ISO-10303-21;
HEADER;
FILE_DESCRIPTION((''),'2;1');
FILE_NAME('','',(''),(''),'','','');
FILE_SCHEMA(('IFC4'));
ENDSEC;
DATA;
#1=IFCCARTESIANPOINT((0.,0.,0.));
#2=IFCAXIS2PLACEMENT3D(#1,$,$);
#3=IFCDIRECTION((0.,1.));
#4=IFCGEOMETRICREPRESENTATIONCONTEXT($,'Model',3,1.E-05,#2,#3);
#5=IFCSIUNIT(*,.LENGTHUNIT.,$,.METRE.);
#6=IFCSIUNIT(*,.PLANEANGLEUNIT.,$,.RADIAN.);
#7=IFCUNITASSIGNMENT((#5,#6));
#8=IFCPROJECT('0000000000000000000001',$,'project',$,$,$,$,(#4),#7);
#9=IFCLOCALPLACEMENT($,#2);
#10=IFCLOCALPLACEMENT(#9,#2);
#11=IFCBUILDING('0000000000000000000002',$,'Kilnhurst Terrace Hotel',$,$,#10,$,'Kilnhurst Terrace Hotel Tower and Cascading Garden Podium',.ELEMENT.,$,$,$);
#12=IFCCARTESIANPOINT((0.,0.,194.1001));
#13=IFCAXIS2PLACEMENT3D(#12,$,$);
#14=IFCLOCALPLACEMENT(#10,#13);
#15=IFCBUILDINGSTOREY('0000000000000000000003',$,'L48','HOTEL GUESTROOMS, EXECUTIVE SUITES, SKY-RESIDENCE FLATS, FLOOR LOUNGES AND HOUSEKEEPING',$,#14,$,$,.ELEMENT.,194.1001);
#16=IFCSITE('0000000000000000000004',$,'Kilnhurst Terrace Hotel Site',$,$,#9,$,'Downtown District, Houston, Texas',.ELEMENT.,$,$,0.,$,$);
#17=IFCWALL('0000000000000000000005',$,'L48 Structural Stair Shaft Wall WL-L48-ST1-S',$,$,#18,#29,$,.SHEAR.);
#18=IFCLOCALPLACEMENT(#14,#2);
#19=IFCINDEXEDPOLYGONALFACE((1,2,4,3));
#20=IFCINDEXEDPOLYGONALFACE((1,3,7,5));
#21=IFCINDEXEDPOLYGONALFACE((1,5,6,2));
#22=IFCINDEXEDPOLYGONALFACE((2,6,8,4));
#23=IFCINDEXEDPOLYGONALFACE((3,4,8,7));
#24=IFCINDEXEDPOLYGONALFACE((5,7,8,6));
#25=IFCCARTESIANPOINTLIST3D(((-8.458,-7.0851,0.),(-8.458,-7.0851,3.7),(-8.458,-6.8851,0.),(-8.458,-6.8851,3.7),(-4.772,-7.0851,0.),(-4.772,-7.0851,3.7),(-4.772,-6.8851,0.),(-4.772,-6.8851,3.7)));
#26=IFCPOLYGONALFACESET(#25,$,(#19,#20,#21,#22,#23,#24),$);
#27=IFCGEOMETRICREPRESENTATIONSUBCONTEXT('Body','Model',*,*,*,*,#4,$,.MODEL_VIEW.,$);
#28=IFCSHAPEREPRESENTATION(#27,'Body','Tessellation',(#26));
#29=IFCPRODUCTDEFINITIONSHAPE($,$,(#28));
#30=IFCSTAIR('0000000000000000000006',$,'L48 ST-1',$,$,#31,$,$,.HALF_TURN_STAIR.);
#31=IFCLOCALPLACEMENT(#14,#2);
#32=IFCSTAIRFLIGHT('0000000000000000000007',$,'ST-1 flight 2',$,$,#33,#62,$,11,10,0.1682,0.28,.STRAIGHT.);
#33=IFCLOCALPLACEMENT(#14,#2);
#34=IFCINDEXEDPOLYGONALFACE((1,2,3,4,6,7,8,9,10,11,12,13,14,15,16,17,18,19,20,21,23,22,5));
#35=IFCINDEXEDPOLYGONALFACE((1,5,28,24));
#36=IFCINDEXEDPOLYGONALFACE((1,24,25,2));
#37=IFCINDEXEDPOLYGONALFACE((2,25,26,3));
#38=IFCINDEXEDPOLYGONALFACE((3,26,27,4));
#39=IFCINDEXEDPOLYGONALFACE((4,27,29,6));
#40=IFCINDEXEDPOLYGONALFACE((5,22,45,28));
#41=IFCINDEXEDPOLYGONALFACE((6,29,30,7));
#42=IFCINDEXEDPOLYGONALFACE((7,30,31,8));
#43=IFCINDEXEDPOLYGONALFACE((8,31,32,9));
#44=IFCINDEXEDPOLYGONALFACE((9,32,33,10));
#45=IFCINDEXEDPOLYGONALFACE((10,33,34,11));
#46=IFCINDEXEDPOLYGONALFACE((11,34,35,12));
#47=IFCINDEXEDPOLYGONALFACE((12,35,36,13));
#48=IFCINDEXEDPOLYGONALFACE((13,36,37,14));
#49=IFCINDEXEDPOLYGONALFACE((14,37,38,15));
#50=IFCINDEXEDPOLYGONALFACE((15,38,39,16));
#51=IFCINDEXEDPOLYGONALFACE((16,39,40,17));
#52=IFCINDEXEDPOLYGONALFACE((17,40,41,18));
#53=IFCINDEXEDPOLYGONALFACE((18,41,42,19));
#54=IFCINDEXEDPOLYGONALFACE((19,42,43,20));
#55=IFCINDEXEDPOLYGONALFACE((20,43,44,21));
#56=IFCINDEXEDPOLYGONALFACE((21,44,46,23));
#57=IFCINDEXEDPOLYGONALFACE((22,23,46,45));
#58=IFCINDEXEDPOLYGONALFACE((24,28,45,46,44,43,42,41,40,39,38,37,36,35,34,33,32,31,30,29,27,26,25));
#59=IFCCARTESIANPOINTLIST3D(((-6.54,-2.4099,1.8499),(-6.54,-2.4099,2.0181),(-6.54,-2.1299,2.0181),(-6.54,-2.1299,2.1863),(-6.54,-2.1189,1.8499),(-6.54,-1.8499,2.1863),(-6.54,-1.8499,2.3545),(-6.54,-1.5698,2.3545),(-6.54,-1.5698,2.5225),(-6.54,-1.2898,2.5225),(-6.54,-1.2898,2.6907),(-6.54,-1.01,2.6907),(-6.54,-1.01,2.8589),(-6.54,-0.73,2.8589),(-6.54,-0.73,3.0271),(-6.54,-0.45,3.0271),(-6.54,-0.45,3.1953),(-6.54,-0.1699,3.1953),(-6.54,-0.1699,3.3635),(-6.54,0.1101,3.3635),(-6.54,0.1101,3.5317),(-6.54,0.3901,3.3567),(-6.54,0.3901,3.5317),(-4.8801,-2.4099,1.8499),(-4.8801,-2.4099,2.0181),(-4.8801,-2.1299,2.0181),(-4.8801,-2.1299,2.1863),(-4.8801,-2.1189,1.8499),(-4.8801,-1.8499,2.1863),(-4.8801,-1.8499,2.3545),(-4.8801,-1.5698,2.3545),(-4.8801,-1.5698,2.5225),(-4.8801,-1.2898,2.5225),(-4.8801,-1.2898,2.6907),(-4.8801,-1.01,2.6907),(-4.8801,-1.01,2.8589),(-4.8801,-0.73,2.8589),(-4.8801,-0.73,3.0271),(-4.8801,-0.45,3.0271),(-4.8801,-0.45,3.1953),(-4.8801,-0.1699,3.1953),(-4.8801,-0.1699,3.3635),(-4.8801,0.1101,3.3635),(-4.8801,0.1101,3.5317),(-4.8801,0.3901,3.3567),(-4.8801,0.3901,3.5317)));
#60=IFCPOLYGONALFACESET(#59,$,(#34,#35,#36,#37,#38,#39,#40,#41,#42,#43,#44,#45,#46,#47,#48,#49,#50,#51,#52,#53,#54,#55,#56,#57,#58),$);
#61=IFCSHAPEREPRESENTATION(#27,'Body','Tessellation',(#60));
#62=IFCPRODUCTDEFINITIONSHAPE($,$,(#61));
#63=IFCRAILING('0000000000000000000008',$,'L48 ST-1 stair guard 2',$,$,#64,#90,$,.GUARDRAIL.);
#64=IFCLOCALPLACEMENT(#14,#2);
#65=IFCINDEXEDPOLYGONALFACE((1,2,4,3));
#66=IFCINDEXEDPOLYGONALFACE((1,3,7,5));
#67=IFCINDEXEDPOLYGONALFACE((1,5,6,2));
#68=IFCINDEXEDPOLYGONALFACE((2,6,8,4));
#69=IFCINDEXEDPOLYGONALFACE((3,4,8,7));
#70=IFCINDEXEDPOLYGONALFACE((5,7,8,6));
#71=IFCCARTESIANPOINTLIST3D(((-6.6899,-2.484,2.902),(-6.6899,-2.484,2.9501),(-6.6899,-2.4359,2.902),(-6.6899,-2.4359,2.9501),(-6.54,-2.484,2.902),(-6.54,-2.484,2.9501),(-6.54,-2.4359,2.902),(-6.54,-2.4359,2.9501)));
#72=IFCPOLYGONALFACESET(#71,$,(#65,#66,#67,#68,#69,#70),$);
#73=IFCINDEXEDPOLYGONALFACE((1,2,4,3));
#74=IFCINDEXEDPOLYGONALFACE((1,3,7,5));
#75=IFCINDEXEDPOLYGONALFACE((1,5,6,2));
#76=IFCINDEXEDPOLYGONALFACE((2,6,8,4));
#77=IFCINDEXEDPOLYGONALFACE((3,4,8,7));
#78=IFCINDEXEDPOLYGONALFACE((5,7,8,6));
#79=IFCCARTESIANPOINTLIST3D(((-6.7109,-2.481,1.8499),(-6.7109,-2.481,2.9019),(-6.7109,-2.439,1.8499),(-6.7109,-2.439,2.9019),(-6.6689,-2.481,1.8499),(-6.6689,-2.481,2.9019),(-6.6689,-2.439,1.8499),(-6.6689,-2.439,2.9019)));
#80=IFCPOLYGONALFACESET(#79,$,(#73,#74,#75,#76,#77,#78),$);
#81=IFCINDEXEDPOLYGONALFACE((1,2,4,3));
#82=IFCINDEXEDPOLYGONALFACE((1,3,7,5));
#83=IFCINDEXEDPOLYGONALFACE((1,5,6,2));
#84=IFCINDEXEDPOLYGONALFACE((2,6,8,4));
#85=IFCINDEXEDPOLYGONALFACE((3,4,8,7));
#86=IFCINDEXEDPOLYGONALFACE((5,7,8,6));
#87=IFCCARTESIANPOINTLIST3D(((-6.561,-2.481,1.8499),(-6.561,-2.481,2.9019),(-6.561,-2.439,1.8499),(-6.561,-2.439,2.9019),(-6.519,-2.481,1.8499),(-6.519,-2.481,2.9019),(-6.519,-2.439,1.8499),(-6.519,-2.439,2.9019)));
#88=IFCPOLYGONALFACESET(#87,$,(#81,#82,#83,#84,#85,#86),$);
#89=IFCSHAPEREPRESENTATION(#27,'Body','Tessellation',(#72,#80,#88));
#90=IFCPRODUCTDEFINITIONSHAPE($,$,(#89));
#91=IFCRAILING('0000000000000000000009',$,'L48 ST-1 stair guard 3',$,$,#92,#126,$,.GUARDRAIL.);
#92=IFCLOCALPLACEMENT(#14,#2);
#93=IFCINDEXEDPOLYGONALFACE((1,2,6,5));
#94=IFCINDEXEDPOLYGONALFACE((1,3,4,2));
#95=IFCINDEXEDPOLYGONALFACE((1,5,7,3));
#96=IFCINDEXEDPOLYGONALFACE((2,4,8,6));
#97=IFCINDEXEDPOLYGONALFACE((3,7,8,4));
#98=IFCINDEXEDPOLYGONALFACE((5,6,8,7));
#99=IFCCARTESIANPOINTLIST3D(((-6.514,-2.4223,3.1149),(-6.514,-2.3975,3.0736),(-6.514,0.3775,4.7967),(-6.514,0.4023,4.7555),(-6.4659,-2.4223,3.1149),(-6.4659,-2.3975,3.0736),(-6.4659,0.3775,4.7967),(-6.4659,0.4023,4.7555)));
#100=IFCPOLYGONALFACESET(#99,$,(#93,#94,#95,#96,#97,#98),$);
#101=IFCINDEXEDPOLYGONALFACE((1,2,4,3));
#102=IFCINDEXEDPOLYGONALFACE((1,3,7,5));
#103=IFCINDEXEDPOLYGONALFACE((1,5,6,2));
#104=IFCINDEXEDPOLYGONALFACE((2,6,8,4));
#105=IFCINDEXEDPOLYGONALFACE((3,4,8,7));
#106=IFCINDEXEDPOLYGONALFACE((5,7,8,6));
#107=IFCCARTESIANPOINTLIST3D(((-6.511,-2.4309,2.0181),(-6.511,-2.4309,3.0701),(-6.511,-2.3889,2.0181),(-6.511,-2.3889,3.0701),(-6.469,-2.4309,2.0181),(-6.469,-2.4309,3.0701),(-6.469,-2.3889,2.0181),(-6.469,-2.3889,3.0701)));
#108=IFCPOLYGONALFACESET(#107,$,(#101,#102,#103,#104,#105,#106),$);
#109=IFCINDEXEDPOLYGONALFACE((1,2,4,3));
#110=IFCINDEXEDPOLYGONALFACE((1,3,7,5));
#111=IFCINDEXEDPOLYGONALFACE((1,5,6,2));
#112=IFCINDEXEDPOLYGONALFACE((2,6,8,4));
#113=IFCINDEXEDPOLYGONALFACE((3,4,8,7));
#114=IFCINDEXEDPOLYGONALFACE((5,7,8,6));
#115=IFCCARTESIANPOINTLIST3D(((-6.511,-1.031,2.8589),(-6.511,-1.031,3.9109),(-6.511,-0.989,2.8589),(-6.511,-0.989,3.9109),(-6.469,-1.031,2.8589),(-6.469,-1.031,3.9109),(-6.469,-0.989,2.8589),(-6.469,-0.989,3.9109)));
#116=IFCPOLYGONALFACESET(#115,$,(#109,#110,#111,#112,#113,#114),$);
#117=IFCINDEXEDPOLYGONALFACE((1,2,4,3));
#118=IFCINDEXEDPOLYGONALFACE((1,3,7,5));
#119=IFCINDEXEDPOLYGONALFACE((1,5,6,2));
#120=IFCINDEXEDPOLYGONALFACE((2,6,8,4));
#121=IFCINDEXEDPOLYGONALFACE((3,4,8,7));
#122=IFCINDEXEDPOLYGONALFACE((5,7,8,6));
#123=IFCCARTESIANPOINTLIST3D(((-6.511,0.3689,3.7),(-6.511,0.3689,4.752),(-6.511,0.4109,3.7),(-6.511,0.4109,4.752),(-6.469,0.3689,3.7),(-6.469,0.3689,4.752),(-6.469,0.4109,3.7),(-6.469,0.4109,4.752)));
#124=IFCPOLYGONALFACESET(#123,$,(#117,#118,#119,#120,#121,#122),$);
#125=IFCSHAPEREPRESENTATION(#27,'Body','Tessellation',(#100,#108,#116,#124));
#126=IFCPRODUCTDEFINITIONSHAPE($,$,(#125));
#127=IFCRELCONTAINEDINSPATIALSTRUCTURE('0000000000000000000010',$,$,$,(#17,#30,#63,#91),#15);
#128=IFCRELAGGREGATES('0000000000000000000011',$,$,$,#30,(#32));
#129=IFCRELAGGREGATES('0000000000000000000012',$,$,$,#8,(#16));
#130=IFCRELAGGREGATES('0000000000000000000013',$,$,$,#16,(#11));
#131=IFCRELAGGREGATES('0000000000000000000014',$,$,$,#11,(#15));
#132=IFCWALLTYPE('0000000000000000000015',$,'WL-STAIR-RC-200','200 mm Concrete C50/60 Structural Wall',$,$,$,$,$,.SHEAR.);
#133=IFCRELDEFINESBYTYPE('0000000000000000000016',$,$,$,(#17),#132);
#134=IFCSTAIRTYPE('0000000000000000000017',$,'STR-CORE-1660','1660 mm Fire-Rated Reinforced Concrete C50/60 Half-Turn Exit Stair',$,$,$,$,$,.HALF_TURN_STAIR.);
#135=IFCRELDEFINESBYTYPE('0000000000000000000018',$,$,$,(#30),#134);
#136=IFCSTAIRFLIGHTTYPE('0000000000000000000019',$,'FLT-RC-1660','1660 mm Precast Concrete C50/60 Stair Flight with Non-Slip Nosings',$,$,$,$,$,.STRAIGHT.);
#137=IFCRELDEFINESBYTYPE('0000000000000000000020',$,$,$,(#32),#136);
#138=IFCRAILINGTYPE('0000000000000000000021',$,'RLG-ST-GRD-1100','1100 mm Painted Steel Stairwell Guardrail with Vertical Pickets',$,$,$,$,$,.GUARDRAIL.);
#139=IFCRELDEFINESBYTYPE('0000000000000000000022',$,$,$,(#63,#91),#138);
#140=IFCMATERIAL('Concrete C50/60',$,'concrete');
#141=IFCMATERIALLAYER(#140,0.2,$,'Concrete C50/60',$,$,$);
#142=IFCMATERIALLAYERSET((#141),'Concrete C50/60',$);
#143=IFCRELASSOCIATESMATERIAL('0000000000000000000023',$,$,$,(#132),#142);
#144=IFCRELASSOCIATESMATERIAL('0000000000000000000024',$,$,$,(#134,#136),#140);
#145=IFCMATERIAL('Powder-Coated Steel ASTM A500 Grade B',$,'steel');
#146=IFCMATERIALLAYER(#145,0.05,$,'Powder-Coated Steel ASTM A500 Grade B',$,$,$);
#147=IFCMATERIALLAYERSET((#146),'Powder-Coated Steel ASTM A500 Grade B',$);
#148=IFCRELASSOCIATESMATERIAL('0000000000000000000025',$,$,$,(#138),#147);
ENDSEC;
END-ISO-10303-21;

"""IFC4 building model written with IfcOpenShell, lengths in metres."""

from ifc_helpers import new_model, si_unit, direction, frame, frame_2d, origin, origin_2d, place, context, subcontext, project, spatial, polyline, rectangle, outline, extrude, material, layer, layer_set, type_object, element, aggregate, save


model = new_model("IFC4")

# Units and contexts
model_context = context("Model", 3, precision=1e-05, world=origin(), true_north=direction((0.0, 1.0)))
body_context = subcontext(model_context, "Body", "Model", "MODEL_VIEW")
ifc_project = project(units=[si_unit("LENGTHUNIT", "METRE"), si_unit("PLANEANGLEUNIT", "RADIAN")], contexts=[model_context])

# Site, building, storey
site_placement = place(None, origin())
site = spatial("IfcSite", under=ifc_project, at=site_placement, Name="Kilnhurst Terrace Hotel Site", LongName="Downtown District, Houston, Texas", CompositionType="ELEMENT", RefElevation=0.0)
building_placement = place(site_placement, origin())
building = spatial("IfcBuilding", under=site, at=building_placement, Name="Kilnhurst Terrace Hotel", LongName="Kilnhurst Terrace Hotel Tower and Cascading Garden Podium", CompositionType="ELEMENT")
storey_placement = place(building_placement, frame((0.0, 0.0, 194.1001)))
storey = spatial("IfcBuildingStorey", under=building, at=storey_placement, Name="L48", Description="HOTEL GUESTROOMS, EXECUTIVE SUITES, SKY-RESIDENCE FLATS, FLOOR LOUNGES AND HOUSEKEEPING", CompositionType="ELEMENT", Elevation=194.1001)

# Shared definitions
ifc_material_1 = material(Name="Concrete C50/60", Category="concrete")

# Wall
ifc_layer_1 = layer(ifc_material_1, 0.2, Name="Concrete C50/60")
ifc_layer_set_1 = layer_set([ifc_layer_1], Name="Concrete C50/60")
wall_type_1 = type_object("IfcWallType", Name="WL-STAIR-RC-200", Description="200 mm Concrete C50/60 Structural Wall", PredefinedType="SHEAR", material=ifc_layer_set_1)
wall_1_placement = place(storey_placement, frame((-8.458, -6.9851, 0.0), z_axis=(0.0, 0.0, 1.0), x_axis=(1.0, 0.0, 0.0)))
element("IfcWall", 1, at=wall_1_placement, inside=storey, type_object=wall_type_1, Name="L48 Structural Stair Shaft Wall WL-L48-ST1-S", PredefinedType="SHEAR", context=body_context, shape_type="SweptSolid", body=[
    extrude(rectangle(XDim=3.686, YDim=0.2, at=frame_2d((1.843, 0.0))), origin(), (0.0, 0.0, 1.0), 3.7),
])

# Stair, stair flight
stair_type = type_object("IfcStairType", Name="STR-CORE-1660", Description="1660 mm Fire-Rated Reinforced Concrete C50/60 Half-Turn Exit Stair", PredefinedType="HALF_TURN_STAIR", material=ifc_material_1)
stair_placement = place(storey_placement, origin())
stair = element("IfcStair", 2, at=stair_placement, inside=storey, type_object=stair_type, Name="L48 ST-1", PredefinedType="HALF_TURN_STAIR")
stair_flight_type = type_object("IfcStairFlightType", Name="FLT-RC-1660", Description="1660 mm Precast Concrete C50/60 Stair Flight with Non-Slip Nosings", PredefinedType="STRAIGHT", material=ifc_material_1)
stair_flight_placement = place(storey_placement, frame((-5.71, -2.4099, 1.8499), z_axis=(0.0, 0.0, 1.0), x_axis=(0.0, 1.0, 0.0)))
stair_flight = element("IfcStairFlight", 3, at=stair_flight_placement, type_object=stair_flight_type, Name="ST-1 flight 2", NumberOfRisers=11, NumberOfTreads=10, PredefinedType="STRAIGHT", RiserHeight=0.1682, TreadLength=0.28, context=body_context, shape_type="SweptSolid", body=[
    extrude(outline(polyline([(0.0, 0.0), (0.0, 0.1682), (0.28, 0.1682), (0.28, 0.3364), (0.5601, 0.3364), (0.5601, 0.5046), (0.8401, 0.5046), (0.8401, 0.6726), (1.1201, 0.6726), (1.1201, 0.8408), (1.3999, 0.8408), (1.3999, 1.009), (1.6799, 1.009), (1.6799, 1.1772), (1.96, 1.1772), (1.96, 1.3455), (2.24, 1.3455), (2.24, 1.5137), (2.52, 1.5137), (2.52, 1.6819), (2.8, 1.6819), (2.8, 1.8501), (2.8, 1.5068), (0.291, 0.0), (0.0, 0.0)])), frame((0.0, 0.8301, 0.0), z_axis=(0.0, -1.0, 0.0), x_axis=(1.0, 0.0, 0.0)), (0.0, 0.0, 1.0), 1.6599),
])
aggregate(stair, [stair_flight])

# Railings
ifc_material_2 = material(Name="Powder-Coated Steel ASTM A500 Grade B", Category="steel")
ifc_layer_2 = layer(ifc_material_2, 0.05, Name="Powder-Coated Steel ASTM A500 Grade B")
ifc_layer_set_2 = layer_set([ifc_layer_2], Name="Powder-Coated Steel ASTM A500 Grade B")
railing_type = type_object("IfcRailingType", Name="RLG-ST-GRD-1100", Description="1100 mm Painted Steel Stairwell Guardrail with Vertical Pickets", PredefinedType="GUARDRAIL", material=ifc_layer_set_2)
railing_1_placement = place(storey_placement, frame((-6.6899, -2.46, 1.8499)))
element("IfcRailing", 4, at=railing_1_placement, inside=storey, type_object=railing_type, Name="L48 ST-1 stair guard 2", PredefinedType="GUARDRAIL", context=body_context, shape_type="SweptSolid", body=[
    extrude(rectangle(XDim=0.0481, YDim=0.0481, at=origin_2d()), frame((0.0, 0.0, 1.0762), z_axis=(1.0, 0.0, 0.0), x_axis=(0.0, 1.0, 0.0)), (0.0, 0.0, 1.0), 0.1499),
    extrude(rectangle(XDim=0.042, YDim=0.042, at=origin_2d()), origin(), (0.0, 0.0, 1.0), 1.052),
    extrude(rectangle(XDim=0.042, YDim=0.042, at=origin_2d()), frame((0.1499, 0.0, 0.0)), (0.0, 0.0, 1.0), 1.052),
])
railing_2_placement = place(storey_placement, frame((-6.49, -2.4099, 2.0181)))
element("IfcRailing", 5, at=railing_2_placement, inside=storey, type_object=railing_type, Name="L48 ST-1 stair guard 3", PredefinedType="GUARDRAIL", context=body_context, shape_type="SweptSolid", body=[
    extrude(rectangle(XDim=0.0481, YDim=0.0481, at=origin_2d()), frame((0.0, 0.0, 1.0762), z_axis=(0.0, 0.857222, 0.514946), x_axis=(-1.0, 0.0, 0.0)), (0.0, 0.0, 1.0), 3.2661),
    extrude(rectangle(XDim=0.042, YDim=0.042, at=origin_2d()), origin(), (0.0, 0.0, 1.0), 1.052),
    extrude(rectangle(XDim=0.042, YDim=0.042, at=origin_2d()), frame((0.0, 1.3999, 0.8408)), (0.0, 0.0, 1.0), 1.052),
    extrude(rectangle(XDim=0.042, YDim=0.042, at=origin_2d()), frame((0.0, 2.7998, 1.6819)), (0.0, 0.0, 1.0), 1.052),
])

save(model, "model.ifc")
